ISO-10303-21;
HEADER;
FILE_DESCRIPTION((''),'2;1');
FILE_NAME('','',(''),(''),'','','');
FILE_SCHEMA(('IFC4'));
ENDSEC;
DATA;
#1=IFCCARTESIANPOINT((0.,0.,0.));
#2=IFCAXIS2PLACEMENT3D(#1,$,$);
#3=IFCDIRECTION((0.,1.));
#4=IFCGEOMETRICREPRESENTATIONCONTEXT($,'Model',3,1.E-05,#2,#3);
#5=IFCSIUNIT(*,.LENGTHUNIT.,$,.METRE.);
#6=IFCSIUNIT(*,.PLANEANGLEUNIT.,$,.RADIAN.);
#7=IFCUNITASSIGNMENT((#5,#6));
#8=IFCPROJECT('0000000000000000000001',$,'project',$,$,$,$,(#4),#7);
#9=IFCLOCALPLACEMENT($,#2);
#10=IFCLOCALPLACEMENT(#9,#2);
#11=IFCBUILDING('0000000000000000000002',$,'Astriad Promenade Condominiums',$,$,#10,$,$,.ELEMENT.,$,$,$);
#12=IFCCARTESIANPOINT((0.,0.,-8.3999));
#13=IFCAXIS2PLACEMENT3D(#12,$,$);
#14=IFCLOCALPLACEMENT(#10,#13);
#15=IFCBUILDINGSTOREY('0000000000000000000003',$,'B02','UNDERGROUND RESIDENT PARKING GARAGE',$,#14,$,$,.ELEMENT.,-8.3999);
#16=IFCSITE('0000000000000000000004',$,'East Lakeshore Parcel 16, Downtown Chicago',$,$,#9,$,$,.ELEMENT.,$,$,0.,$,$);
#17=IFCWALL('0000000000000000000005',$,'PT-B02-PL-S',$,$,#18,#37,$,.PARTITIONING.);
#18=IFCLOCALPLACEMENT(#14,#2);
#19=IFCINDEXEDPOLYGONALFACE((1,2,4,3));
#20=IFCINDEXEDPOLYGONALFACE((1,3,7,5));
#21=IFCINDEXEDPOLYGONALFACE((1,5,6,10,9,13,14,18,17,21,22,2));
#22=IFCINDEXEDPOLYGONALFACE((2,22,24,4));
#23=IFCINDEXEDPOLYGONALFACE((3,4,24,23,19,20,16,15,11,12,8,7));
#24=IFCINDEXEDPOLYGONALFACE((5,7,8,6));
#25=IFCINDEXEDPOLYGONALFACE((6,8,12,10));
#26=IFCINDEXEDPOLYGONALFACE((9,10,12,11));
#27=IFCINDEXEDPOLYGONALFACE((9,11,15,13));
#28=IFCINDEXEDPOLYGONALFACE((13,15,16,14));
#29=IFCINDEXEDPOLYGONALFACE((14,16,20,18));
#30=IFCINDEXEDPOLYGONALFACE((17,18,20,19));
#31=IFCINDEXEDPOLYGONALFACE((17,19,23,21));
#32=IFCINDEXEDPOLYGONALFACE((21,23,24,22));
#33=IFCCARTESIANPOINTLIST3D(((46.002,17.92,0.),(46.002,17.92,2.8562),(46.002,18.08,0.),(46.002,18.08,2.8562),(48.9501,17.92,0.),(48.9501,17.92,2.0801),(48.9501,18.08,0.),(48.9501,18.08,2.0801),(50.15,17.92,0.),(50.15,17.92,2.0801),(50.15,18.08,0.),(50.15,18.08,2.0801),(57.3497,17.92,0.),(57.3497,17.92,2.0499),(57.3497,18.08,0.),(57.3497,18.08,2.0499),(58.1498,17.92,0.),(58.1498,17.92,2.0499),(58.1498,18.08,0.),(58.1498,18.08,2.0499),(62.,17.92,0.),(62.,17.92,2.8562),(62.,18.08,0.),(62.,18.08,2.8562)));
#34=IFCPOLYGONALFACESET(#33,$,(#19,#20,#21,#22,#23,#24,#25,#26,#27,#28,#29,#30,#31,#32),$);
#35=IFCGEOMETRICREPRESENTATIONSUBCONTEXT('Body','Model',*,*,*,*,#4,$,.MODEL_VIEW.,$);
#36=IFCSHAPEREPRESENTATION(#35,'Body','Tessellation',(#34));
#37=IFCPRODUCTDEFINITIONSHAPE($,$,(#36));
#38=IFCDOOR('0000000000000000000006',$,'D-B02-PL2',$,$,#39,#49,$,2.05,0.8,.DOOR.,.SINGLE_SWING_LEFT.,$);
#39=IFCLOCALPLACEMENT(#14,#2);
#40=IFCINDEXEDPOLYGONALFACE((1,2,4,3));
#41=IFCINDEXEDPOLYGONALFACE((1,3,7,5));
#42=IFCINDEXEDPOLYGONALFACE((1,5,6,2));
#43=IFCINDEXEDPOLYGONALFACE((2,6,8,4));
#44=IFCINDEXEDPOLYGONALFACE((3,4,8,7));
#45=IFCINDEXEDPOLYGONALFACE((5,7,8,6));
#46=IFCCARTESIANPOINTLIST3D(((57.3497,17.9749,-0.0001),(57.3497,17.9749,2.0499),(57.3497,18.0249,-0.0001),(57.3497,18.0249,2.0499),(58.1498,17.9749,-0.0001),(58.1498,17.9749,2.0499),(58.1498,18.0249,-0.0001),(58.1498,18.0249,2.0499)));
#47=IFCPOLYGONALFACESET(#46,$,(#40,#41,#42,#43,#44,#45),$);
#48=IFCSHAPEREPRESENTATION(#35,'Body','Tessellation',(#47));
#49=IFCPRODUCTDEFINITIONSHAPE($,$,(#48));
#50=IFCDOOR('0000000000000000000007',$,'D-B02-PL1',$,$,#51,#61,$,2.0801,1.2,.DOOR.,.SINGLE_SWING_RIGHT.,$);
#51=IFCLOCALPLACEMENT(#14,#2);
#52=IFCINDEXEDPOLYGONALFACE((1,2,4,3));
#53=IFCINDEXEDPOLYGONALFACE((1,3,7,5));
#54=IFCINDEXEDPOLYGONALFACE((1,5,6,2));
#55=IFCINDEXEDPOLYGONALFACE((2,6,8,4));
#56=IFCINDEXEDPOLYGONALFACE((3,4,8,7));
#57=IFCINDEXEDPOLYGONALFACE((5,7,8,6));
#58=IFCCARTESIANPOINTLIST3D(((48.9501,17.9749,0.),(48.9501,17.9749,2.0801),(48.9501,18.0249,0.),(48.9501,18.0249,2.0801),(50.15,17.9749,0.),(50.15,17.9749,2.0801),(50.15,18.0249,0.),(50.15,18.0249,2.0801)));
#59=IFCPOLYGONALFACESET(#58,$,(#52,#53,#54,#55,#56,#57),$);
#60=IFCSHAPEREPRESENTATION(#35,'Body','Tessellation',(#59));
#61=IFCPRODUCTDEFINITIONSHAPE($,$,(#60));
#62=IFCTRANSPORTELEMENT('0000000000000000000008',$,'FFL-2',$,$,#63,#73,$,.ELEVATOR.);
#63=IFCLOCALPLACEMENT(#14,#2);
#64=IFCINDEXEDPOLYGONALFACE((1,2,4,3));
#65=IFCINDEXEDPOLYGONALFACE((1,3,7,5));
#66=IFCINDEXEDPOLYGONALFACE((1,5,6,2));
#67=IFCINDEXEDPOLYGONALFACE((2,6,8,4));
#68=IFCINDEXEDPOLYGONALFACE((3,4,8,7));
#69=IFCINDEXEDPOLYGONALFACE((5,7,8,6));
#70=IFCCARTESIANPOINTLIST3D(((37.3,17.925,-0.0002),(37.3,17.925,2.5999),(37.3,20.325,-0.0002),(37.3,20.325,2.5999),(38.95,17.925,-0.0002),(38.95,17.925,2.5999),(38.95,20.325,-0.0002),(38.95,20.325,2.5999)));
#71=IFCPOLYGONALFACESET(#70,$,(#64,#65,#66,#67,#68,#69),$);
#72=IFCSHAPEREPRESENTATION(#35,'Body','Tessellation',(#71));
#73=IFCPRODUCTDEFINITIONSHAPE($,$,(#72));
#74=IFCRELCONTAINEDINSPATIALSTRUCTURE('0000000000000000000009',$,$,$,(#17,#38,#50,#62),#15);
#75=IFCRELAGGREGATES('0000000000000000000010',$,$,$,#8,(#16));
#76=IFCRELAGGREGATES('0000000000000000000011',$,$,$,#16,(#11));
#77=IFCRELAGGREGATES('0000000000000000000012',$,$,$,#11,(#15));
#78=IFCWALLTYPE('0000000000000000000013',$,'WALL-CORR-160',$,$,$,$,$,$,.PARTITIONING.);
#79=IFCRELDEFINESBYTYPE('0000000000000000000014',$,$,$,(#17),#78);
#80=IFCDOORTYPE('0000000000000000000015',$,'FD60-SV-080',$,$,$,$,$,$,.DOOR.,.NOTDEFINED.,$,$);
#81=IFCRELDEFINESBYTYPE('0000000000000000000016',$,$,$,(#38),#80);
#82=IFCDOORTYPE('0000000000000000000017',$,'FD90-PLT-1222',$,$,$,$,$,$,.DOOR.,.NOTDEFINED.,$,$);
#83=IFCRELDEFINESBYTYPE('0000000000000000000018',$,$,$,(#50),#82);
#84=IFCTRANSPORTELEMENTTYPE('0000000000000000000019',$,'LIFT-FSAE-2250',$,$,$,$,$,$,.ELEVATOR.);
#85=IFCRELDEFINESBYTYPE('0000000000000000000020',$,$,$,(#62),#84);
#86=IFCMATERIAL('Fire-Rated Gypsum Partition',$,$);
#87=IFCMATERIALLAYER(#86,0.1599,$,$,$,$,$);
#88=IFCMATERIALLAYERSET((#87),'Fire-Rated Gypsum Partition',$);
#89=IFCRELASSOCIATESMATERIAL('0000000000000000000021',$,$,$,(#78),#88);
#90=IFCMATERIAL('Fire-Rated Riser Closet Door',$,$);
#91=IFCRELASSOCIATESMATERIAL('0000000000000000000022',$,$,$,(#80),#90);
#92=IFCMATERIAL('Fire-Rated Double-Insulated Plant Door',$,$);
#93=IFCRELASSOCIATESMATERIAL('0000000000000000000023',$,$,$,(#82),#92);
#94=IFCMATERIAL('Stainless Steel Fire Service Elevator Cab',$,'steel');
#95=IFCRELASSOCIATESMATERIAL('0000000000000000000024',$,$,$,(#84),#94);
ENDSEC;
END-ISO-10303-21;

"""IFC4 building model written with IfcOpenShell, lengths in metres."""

from ifc_helpers import new_model, si_unit, direction, frame, frame_2d, origin, origin_2d, place, context, subcontext, project, spatial, rectangle, extrude, source, transform, mapped, material, layer, layer_set, type_object, type_shapes, element, fill, save


model = new_model("IFC4")

# Units and contexts
model_context = context("Model", 3, precision=1e-05, world=origin(), true_north=direction((0.0, 1.0)))
body_context = subcontext(model_context, "Body", "Model", "MODEL_VIEW")
ifc_project = project(units=[si_unit("LENGTHUNIT", "METRE"), si_unit("PLANEANGLEUNIT", "RADIAN")], contexts=[model_context])

# Site, building, storey
site_placement = place(None, origin())
site = spatial("IfcSite", under=ifc_project, at=site_placement, Name="East Lakeshore Parcel 16, Downtown Chicago", CompositionType="ELEMENT", RefElevation=0.0)
building_placement = place(site_placement, origin())
building = spatial("IfcBuilding", under=site, at=building_placement, Name="Astriad Promenade Condominiums", CompositionType="ELEMENT")
storey_placement = place(building_placement, frame((0.0, 0.0, -8.3999)))
storey = spatial("IfcBuildingStorey", under=building, at=storey_placement, Name="B02", Description="UNDERGROUND RESIDENT PARKING GARAGE", CompositionType="ELEMENT", Elevation=-8.3999)

# Shared definitions
ifc_material_1 = material(Name="Fire-Rated Gypsum Partition")
ifc_layer_1 = layer(ifc_material_1, 0.1599)
ifc_layer_set_1 = layer_set([ifc_layer_1], Name="Fire-Rated Gypsum Partition")
wall_type_1 = type_object("IfcWallType", Name="WALL-CORR-160", PredefinedType="PARTITIONING", material=ifc_layer_set_1)

# Wall, openings, doors
wall_1_placement = place(storey_placement, frame((46.002, 18.0, 0.0), z_axis=(0.0, 0.0, 1.0), x_axis=(1.0, 0.0, 0.0)))
wall_1 = element("IfcWall", 1, at=wall_1_placement, inside=storey, type_object=wall_type_1, Name="PT-B02-PL-S", PredefinedType="PARTITIONING", context=body_context, shape_type="SweptSolid", body=[
    extrude(rectangle(XDim=15.998, YDim=0.1599, at=frame_2d((7.999, 0.0))), origin(), (0.0, 0.0, 1.0), 2.8562),
])
opening_1_placement = place(wall_1_placement, frame((2.948, 0.0, 0.0)))
opening_1 = element("IfcOpeningElement", 2, at=opening_1_placement, cuts=wall_1, PredefinedType="OPENING", context=body_context, shape_type="SweptSolid", body=[
    extrude(rectangle(XDim=1.2, YDim=2.0801, at=frame_2d((0.6001, 1.04))), frame((0.0, 0.0898, 0.0), z_axis=(0.0, -1.0, 0.0), x_axis=(1.0, 0.0, 0.0)), (0.0, 0.0, 1.0), 0.1799),
])
opening_2_placement = place(wall_1_placement, frame((11.3479, 0.0, 0.0)))
opening_2 = element("IfcOpeningElement", 3, at=opening_2_placement, cuts=wall_1, PredefinedType="OPENING", context=body_context, shape_type="SweptSolid", body=[
    extrude(rectangle(XDim=0.8, YDim=2.05, at=frame_2d((0.3999, 1.0249))), frame((0.0, 0.0898, 0.0), z_axis=(0.0, -1.0, 0.0), x_axis=(1.0, 0.0, 0.0)), (0.0, 0.0, 1.0), 0.1799),
])
ifc_material_2 = material(Name="Fire-Rated Riser Closet Door")
door_type_1 = type_object("IfcDoorType", Name="FD60-SV-080", OperationType="NOTDEFINED", PredefinedType="DOOR", material=ifc_material_2)
shared_shape_1 = source(origin(), body_context, "Body", "SweptSolid", [
    extrude(rectangle(XDim=0.8, YDim=2.05, at=frame_2d((0.3999, 1.0249))), frame((0.0, 0.0249, 0.0), z_axis=(0.0, -1.0, 0.0), x_axis=(1.0, 0.0, 0.0)), (0.0, 0.0, 1.0), 0.05),
])
type_shapes(door_type_1, [shared_shape_1])
door_1_placement = place(opening_2_placement, origin())
door_1 = element("IfcDoor", 4, at=door_1_placement, inside=storey, type_object=door_type_1, Name="D-B02-PL2", OperationType="SINGLE_SWING_LEFT", OverallHeight=2.05, OverallWidth=0.8, PredefinedType="DOOR", context=body_context, shape_type="MappedRepresentation", body=[
    mapped(shared_shape_1, transform((0.0, 0.0, 0.0), scale=1.0)),
])
fill(opening_2, door_1)
ifc_material_3 = material(Name="Fire-Rated Double-Insulated Plant Door")
door_type_2 = type_object("IfcDoorType", Name="FD90-PLT-1222", OperationType="NOTDEFINED", PredefinedType="DOOR", material=ifc_material_3)
shared_shape_2 = source(origin(), body_context, "Body", "SweptSolid", [
    extrude(rectangle(XDim=1.2, YDim=2.0801, at=frame_2d((0.6001, 1.04))), frame((0.0, 0.0249, 0.0), z_axis=(0.0, -1.0, 0.0), x_axis=(1.0, 0.0, 0.0)), (0.0, 0.0, 1.0), 0.05),
])
type_shapes(door_type_2, [shared_shape_2])
door_2_placement = place(opening_1_placement, origin())
door_2 = element("IfcDoor", 5, at=door_2_placement, inside=storey, type_object=door_type_2, Name="D-B02-PL1", OperationType="SINGLE_SWING_RIGHT", OverallHeight=2.0801, OverallWidth=1.2, PredefinedType="DOOR", context=body_context, shape_type="MappedRepresentation", body=[
    mapped(shared_shape_2, transform((0.0, 0.0, 0.0), scale=1.0)),
])
fill(opening_1, door_2)

# Transport element
ifc_material_4 = material(Name="Stainless Steel Fire Service Elevator Cab", Category="steel")
transport_element_type = type_object("IfcTransportElementType", Name="LIFT-FSAE-2250", PredefinedType="ELEVATOR", material=ifc_material_4)
shared_shape_3 = source(origin(), body_context, "Body", "SweptSolid", [
    extrude(rectangle(XDim=1.6499, YDim=2.3999, at=origin_2d()), origin(), (0.0, 0.0, 1.0), 2.6001),
])
type_shapes(transport_element_type, [shared_shape_3])
transport_element_placement = place(storey_placement, frame((38.125, 19.125, -0.0002), z_axis=(0.0, 0.0, 1.0), x_axis=(1.0, 0.0, 0.0)))
element("IfcTransportElement", 6, at=transport_element_placement, inside=storey, type_object=transport_element_type, Name="FFL-2", PredefinedType="ELEVATOR", context=body_context, shape_type="MappedRepresentation", body=[
    mapped(shared_shape_3, transform((0.0, 0.0, 0.0), scale=1.0)),
])

save(model, "model.ifc")
